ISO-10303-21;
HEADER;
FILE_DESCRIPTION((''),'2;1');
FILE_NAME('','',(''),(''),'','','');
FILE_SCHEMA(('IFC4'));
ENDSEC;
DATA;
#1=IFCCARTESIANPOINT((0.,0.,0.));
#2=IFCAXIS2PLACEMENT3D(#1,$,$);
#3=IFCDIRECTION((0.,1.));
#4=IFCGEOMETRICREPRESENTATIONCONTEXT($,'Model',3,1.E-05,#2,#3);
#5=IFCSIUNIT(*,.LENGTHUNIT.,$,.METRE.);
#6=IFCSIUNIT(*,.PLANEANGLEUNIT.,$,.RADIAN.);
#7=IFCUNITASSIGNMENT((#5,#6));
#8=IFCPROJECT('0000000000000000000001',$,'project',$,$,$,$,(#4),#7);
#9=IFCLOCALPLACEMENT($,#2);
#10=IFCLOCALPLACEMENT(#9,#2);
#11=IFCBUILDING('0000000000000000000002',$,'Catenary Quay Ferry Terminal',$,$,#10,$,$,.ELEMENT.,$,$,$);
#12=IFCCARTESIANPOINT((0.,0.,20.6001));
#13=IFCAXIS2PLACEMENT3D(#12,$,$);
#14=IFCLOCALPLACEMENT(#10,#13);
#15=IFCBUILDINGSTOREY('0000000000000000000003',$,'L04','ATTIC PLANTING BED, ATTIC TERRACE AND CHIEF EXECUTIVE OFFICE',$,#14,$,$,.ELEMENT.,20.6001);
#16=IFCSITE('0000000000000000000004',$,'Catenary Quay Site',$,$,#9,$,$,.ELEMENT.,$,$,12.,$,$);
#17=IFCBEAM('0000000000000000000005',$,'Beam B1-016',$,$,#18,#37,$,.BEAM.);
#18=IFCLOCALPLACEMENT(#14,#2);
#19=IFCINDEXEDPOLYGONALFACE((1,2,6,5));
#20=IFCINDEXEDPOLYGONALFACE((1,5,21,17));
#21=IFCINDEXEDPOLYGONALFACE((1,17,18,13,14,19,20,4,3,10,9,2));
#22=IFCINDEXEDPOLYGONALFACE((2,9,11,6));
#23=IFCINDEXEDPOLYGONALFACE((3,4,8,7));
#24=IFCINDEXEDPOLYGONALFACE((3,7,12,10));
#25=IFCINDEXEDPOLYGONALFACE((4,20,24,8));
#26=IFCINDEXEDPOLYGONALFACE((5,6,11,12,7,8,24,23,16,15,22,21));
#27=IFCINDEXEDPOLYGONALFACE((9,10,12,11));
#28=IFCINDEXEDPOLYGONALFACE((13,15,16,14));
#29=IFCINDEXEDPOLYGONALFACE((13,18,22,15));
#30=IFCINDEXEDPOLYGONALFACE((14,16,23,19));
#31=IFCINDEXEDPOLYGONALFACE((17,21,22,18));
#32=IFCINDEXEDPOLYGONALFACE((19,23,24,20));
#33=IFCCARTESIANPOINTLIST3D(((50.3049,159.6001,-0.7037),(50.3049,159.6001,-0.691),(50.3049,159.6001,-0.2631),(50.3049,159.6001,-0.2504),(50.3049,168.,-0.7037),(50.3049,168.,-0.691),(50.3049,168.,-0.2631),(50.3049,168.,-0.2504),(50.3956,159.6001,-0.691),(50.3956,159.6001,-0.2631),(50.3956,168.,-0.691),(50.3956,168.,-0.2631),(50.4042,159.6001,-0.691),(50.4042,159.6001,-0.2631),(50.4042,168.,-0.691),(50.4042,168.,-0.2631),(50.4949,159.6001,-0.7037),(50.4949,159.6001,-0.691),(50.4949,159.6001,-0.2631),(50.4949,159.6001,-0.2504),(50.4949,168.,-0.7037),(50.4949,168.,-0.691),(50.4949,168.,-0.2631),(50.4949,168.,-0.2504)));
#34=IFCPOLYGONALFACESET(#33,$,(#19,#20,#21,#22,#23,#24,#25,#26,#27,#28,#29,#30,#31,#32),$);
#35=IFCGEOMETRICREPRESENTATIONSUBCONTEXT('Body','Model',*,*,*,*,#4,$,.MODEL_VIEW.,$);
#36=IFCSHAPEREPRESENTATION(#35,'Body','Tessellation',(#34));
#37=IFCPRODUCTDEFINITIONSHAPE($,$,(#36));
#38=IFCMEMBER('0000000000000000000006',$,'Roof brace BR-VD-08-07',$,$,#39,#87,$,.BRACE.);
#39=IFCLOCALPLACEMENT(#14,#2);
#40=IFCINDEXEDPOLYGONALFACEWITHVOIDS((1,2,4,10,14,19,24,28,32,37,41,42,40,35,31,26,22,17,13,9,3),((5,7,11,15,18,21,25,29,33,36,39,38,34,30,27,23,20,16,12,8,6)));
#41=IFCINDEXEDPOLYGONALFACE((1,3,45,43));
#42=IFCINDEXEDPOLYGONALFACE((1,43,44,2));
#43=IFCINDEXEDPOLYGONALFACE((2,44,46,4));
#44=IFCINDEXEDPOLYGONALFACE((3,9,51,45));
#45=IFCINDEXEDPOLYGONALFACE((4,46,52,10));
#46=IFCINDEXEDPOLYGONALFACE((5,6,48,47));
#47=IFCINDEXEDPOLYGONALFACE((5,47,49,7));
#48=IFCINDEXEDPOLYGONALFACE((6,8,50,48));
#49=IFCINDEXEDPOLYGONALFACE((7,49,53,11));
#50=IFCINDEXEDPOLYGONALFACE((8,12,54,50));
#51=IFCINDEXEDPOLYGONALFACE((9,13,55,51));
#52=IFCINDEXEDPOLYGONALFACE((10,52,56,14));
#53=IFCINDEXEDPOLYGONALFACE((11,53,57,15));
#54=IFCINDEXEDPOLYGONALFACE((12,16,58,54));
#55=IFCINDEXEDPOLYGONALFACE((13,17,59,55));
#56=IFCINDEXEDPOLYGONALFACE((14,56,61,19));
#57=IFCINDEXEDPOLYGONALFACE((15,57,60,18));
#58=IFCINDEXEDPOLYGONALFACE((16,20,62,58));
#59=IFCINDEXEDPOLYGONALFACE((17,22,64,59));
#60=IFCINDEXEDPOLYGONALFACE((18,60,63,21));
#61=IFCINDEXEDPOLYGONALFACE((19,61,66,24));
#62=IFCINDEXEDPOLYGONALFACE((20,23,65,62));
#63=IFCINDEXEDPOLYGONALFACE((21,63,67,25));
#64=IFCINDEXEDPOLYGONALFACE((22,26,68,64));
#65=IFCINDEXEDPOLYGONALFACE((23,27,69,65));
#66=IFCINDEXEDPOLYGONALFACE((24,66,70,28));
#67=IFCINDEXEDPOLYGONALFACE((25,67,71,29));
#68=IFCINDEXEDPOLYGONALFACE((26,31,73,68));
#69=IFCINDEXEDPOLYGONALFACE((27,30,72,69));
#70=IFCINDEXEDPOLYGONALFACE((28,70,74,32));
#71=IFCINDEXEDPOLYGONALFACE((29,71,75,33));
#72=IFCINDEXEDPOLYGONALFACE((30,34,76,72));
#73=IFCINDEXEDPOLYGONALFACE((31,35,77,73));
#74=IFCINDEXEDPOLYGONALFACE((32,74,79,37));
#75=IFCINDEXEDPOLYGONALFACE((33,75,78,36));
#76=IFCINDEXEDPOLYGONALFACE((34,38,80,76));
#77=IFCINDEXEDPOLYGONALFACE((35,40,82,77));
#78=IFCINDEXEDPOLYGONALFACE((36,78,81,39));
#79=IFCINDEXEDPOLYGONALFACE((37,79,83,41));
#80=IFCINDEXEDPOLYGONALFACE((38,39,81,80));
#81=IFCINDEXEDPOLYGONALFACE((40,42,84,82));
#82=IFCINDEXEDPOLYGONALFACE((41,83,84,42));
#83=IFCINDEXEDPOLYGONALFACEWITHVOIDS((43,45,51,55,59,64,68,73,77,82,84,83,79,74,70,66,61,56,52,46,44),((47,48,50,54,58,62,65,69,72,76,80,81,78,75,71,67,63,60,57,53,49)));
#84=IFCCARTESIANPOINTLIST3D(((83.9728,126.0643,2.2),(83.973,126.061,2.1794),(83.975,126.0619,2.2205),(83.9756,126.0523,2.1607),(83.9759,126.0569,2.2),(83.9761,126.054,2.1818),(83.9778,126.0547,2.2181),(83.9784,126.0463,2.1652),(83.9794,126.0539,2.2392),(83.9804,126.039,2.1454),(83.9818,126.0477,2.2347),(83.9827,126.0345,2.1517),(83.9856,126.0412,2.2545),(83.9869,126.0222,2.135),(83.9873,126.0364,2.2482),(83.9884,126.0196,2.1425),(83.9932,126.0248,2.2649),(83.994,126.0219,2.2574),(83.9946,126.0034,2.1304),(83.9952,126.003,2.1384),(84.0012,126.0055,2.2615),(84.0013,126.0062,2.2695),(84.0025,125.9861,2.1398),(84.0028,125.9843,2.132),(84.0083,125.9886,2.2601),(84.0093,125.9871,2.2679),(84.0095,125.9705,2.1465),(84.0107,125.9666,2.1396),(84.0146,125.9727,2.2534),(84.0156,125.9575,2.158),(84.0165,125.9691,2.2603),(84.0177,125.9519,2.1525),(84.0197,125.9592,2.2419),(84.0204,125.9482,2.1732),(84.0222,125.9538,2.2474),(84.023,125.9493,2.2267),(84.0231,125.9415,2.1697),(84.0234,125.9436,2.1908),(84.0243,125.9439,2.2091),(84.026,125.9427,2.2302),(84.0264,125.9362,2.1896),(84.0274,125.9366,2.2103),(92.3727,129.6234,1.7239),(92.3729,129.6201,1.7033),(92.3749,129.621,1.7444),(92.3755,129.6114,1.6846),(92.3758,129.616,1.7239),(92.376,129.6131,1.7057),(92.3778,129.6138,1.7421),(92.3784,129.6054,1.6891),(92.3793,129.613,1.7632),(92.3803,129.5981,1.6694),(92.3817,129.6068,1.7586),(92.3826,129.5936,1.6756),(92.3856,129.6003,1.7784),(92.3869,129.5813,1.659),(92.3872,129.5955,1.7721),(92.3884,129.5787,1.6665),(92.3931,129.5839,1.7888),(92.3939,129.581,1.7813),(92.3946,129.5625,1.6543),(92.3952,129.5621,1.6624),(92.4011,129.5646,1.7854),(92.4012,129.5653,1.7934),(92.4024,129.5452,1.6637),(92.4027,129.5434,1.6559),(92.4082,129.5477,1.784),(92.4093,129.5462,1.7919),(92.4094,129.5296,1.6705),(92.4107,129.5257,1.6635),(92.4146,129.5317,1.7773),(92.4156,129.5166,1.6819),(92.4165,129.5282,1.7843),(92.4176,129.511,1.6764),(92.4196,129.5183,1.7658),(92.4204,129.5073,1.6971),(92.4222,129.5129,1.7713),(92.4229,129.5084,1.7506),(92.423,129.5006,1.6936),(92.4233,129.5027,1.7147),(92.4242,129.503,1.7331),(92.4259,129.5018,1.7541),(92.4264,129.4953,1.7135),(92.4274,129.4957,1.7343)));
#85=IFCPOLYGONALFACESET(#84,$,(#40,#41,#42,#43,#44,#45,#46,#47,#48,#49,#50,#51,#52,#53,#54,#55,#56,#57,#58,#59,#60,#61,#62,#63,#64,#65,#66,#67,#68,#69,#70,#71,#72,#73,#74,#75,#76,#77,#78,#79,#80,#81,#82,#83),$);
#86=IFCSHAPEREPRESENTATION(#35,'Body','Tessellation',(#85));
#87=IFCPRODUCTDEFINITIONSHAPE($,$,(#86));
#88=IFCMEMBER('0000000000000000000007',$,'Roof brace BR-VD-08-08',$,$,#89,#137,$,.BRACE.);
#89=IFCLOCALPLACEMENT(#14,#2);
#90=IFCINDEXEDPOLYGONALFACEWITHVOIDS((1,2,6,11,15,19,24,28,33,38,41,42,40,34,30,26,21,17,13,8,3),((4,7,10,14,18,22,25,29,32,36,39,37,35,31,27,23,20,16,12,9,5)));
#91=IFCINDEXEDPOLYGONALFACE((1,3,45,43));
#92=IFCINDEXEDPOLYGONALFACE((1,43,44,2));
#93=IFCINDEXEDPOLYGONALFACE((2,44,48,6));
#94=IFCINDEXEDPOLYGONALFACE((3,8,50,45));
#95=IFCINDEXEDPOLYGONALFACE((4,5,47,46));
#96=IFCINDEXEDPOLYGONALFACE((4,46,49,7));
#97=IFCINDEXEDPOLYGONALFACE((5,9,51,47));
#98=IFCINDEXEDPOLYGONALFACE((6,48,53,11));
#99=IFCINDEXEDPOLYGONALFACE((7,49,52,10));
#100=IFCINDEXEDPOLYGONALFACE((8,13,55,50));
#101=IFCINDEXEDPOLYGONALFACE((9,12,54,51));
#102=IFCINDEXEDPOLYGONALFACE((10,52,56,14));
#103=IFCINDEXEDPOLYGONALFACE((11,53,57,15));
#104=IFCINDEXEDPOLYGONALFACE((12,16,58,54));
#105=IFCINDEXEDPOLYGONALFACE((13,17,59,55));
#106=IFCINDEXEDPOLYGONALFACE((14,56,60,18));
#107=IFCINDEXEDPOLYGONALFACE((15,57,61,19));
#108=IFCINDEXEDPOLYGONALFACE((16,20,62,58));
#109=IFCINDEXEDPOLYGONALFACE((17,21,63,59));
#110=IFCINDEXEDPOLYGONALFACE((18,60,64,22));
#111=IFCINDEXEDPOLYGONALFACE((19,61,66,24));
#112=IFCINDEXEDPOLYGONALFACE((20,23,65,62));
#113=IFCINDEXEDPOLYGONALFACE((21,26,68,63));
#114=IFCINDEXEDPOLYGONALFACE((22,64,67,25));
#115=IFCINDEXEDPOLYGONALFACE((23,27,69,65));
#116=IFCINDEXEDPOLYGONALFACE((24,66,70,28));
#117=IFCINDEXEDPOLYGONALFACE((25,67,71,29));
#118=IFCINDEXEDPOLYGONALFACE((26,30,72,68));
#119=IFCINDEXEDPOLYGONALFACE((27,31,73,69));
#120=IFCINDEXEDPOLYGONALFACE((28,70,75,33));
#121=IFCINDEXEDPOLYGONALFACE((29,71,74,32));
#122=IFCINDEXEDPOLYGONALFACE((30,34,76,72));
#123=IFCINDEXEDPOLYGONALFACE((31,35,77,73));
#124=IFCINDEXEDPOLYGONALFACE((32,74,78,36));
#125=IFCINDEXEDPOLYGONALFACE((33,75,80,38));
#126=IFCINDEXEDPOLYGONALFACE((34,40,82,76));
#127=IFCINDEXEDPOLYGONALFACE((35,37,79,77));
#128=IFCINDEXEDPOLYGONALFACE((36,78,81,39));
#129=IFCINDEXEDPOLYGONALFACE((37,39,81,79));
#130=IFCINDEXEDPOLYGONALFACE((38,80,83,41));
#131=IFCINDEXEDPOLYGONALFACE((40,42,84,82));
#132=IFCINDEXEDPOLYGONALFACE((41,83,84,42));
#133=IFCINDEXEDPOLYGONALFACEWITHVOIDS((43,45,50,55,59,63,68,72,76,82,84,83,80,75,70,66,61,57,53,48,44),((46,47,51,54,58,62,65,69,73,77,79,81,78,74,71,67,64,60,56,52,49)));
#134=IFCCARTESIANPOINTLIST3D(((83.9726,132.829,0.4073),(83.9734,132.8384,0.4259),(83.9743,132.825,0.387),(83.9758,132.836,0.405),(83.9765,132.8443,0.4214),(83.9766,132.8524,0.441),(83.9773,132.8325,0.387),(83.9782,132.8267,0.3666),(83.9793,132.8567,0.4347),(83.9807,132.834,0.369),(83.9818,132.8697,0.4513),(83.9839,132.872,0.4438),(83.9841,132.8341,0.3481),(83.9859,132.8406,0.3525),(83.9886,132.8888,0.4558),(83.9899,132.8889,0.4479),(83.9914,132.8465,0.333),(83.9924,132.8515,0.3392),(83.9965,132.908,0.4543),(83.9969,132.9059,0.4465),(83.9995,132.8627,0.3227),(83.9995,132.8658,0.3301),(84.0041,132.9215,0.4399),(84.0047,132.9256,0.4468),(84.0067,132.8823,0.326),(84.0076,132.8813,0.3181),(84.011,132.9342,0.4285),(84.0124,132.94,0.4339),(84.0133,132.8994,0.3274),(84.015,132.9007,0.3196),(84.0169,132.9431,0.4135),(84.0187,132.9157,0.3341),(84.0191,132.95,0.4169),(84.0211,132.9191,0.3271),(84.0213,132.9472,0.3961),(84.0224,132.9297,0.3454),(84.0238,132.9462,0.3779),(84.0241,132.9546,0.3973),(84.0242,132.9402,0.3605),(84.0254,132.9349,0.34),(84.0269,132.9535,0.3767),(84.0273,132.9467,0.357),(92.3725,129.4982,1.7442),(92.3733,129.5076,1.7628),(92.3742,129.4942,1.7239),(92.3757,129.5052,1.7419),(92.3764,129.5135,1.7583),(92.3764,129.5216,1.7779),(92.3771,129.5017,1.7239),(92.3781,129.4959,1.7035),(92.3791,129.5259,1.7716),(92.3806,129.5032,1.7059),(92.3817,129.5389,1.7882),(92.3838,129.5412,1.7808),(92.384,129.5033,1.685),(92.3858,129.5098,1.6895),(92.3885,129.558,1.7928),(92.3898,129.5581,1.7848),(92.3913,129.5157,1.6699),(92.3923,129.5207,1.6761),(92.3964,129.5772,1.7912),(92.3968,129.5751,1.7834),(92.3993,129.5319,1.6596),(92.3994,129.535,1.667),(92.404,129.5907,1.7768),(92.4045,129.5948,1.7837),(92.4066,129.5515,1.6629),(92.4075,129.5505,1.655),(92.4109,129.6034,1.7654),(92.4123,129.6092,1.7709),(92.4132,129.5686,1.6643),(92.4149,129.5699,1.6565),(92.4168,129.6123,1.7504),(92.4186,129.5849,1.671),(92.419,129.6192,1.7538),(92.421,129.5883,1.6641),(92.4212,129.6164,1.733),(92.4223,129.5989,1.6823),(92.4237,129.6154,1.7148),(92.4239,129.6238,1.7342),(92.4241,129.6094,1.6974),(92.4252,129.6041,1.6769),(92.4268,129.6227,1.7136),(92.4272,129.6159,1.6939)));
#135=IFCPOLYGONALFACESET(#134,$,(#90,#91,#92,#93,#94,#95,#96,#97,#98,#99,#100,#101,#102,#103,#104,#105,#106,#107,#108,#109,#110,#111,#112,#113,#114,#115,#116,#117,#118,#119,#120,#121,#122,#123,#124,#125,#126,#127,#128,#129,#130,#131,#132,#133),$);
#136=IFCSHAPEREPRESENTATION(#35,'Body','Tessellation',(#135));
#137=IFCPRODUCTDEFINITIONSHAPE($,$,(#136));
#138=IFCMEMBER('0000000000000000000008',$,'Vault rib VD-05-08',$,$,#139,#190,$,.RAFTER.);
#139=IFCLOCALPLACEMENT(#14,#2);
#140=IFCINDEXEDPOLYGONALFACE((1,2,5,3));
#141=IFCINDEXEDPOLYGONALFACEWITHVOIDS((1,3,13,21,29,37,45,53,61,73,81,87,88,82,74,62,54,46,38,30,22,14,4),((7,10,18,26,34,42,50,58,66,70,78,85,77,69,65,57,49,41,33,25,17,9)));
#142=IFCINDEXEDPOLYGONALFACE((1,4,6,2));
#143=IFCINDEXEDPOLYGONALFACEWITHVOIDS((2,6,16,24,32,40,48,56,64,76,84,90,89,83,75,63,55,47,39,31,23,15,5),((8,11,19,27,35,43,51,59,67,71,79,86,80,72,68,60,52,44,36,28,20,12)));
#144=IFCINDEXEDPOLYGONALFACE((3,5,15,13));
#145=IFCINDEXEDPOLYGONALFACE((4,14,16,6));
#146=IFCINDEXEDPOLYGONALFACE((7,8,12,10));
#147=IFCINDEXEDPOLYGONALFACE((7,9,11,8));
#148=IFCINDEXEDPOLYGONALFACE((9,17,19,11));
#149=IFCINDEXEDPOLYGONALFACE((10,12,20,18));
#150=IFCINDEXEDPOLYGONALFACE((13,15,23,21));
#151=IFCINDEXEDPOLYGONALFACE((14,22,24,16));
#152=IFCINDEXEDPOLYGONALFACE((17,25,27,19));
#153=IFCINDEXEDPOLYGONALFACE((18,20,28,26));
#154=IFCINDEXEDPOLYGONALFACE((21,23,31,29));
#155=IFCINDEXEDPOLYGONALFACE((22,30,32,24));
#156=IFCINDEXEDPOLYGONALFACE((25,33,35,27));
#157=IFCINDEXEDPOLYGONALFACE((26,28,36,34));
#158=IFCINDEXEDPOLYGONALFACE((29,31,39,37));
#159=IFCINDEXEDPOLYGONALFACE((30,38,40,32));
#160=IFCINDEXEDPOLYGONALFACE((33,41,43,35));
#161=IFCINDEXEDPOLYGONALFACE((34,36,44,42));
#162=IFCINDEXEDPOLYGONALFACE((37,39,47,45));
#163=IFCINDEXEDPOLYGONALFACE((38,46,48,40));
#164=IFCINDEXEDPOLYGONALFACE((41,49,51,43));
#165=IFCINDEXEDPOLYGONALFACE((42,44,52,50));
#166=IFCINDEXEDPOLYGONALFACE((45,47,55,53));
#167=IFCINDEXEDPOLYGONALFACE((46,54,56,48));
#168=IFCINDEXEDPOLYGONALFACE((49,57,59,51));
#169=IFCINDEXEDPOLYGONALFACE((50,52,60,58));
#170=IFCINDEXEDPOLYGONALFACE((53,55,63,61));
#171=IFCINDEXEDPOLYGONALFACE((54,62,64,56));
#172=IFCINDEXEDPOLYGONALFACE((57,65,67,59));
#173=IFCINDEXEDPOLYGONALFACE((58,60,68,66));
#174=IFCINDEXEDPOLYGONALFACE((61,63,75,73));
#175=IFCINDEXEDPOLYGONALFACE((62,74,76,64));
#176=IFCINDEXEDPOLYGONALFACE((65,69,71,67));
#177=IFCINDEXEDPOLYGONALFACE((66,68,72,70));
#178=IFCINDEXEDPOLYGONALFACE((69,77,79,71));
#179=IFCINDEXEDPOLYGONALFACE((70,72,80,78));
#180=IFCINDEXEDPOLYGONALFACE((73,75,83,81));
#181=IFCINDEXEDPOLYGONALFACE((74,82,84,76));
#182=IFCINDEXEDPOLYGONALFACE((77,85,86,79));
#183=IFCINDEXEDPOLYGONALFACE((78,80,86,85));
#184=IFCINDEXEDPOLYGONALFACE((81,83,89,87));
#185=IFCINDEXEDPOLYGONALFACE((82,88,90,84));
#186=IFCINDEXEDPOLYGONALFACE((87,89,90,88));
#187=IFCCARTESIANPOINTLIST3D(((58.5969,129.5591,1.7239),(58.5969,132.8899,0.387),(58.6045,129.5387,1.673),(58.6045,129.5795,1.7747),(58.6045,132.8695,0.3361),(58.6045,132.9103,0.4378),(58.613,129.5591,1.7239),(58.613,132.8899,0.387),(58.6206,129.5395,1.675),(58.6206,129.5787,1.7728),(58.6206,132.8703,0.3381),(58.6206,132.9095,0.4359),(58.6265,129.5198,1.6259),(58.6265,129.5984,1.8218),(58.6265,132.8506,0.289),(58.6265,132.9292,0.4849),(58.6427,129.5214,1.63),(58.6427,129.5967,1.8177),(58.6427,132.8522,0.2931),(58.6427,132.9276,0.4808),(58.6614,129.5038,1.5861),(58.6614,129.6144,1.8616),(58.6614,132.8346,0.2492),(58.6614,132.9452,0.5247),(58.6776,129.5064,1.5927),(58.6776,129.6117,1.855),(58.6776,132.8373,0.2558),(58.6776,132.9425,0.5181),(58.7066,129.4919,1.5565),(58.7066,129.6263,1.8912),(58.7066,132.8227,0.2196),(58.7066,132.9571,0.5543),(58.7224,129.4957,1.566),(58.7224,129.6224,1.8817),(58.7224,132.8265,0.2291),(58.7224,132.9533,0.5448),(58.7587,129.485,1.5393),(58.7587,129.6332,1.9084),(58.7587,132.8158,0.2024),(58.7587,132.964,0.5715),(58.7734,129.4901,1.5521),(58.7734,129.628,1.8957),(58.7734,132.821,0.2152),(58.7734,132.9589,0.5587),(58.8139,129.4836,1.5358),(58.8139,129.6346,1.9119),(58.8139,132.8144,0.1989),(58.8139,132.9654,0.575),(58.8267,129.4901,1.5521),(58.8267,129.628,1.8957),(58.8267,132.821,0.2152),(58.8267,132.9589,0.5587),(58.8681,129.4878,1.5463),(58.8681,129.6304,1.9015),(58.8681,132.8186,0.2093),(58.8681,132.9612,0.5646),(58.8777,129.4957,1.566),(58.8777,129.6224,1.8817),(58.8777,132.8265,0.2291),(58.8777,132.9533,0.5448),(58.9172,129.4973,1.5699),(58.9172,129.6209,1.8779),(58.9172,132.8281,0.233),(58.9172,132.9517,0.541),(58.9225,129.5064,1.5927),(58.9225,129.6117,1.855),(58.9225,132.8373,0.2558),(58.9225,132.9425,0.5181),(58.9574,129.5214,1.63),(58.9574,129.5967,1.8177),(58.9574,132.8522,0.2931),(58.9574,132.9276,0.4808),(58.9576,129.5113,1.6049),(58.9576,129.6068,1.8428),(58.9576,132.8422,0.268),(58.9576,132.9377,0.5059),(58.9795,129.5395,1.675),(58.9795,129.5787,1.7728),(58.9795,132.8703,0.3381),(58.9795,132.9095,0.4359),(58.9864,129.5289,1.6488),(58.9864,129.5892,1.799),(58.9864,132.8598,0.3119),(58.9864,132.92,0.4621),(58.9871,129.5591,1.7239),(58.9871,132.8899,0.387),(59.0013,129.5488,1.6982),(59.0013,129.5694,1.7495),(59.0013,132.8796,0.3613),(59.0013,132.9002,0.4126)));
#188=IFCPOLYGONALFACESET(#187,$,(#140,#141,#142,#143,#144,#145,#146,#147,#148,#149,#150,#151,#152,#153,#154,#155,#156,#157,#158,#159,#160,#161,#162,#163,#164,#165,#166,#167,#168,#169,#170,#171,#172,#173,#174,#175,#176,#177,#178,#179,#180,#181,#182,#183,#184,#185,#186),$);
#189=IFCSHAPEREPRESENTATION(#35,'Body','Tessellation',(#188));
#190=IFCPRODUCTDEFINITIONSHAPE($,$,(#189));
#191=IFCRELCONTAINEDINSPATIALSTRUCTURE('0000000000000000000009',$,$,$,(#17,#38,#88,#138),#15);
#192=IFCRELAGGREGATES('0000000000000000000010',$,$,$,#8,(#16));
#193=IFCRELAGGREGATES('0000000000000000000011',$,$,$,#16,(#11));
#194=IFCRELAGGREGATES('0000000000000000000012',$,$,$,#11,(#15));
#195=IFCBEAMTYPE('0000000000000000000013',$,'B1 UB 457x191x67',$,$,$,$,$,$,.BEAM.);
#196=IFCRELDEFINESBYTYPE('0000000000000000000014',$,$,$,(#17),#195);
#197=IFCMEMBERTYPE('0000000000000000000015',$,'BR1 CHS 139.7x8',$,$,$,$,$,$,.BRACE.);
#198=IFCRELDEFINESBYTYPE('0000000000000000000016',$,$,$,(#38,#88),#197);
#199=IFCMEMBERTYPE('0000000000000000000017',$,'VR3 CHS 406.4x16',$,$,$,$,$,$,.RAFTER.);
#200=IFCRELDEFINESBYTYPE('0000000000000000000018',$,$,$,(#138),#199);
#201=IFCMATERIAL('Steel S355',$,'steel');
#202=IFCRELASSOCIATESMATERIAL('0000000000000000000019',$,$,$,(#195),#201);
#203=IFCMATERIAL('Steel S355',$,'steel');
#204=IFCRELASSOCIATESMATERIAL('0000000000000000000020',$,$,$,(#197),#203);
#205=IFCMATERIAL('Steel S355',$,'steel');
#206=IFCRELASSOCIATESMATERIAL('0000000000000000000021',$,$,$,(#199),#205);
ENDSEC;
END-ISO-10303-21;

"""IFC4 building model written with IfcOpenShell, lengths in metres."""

from ifc_helpers import new_model, si_unit, direction, frame, origin, origin_2d, place, context, subcontext, project, spatial, hollow_circle, i_section, extrude, material, material_profile, profile_set, type_object, element, save


model = new_model("IFC4")

# Units and contexts
model_context = context("Model", 3, precision=1e-05, world=origin(), true_north=direction((0.0, 1.0)))
body_context = subcontext(model_context, "Body", "Model", "MODEL_VIEW")
ifc_project = project(units=[si_unit("LENGTHUNIT", "METRE"), si_unit("PLANEANGLEUNIT", "RADIAN")], contexts=[model_context])

# Site, building, storey
site_placement = place(None, origin())
site = spatial("IfcSite", under=ifc_project, at=site_placement, Name="Catenary Quay Site", CompositionType="ELEMENT", RefElevation=12.0)
building_placement = place(site_placement, origin())
building = spatial("IfcBuilding", under=site, at=building_placement, Name="Catenary Quay Ferry Terminal", CompositionType="ELEMENT")
storey_placement = place(building_placement, frame((0.0, 0.0, 20.6001)))
storey = spatial("IfcBuildingStorey", under=building, at=storey_placement, Name="L04", Description="ATTIC PLANTING BED, ATTIC TERRACE AND CHIEF EXECUTIVE OFFICE", CompositionType="ELEMENT", Elevation=20.6001)

# Beam
ifc_material_1 = material(Name="Steel S355", Category="steel")
ifc_material_profile_1 = material_profile(ifc_material_1, i_section(OverallWidth=0.1899, OverallDepth=0.4534, WebThickness=0.0085, FlangeThickness=0.0127, at=origin_2d()), Name="UB 457x191x67")
ifc_profile_set_1 = profile_set([ifc_material_profile_1], Name="Steel S355")
beam_type = type_object("IfcBeamType", Name="B1 UB 457x191x67", PredefinedType="BEAM", material=ifc_profile_set_1)
beam_placement = place(storey_placement, frame((50.3999, 159.6001, -0.4771), z_axis=(0.0, 1.0, 0.0), x_axis=(-1.0, 0.0, 0.0)))
element("IfcBeam", 1, at=beam_placement, inside=storey, type_object=beam_type, Name="Beam B1-016", PredefinedType="BEAM", context=body_context, shape_type="SweptSolid", body=[
    extrude(i_section(OverallWidth=0.1899, OverallDepth=0.4534, WebThickness=0.0085, FlangeThickness=0.0127, at=origin_2d()), origin(), (0.0, 0.0, 1.0), 8.3999),
])

# Members
ifc_material_2 = material(Name="Steel S355", Category="steel")
ifc_material_profile_2 = material_profile(ifc_material_2, hollow_circle(Radius=0.0698, WallThickness=0.0081, at=origin_2d()), Name="CHS 139.7x8")
ifc_profile_set_2 = profile_set([ifc_material_profile_2], Name="Steel S355")
member_type_1 = type_object("IfcMemberType", Name="BR1 CHS 139.7x8", PredefinedType="BRACE", material=ifc_profile_set_2)
member_1_placement = place(storey_placement, frame((84.0, 126.0, 2.2), z_axis=(0.919508, 0.3896, -0.052114), x_axis=(-0.390131, 0.92076, 0.0)))
element("IfcMember", 2, at=member_1_placement, inside=storey, type_object=member_type_1, Name="Roof brace BR-VD-08-07", PredefinedType="BRACE", context=body_context, shape_type="SweptSolid", body=[
    extrude(hollow_circle(Radius=0.0698, WallThickness=0.0081, at=origin_2d()), origin(), (0.0, 0.0, 1.0), 9.1353),
])
member_2_placement = place(storey_placement, frame((92.3999, 129.5591, 1.7239), z_axis=(-0.919575, 0.364639, -0.146358), x_axis=(-0.368608, -0.929585, 0.0)))
element("IfcMember", 3, at=member_2_placement, inside=storey, type_object=member_type_1, Name="Roof brace BR-VD-08-08", PredefinedType="BRACE", context=body_context, shape_type="SweptSolid", body=[
    extrude(hollow_circle(Radius=0.0698, WallThickness=0.0081, at=origin_2d()), origin(), (0.0, 0.0, 1.0), 9.1345),
])
ifc_material_3 = material(Name="Steel S355", Category="steel")
ifc_material_profile_3 = material_profile(ifc_material_3, hollow_circle(Radius=0.2031, WallThickness=0.0161, at=origin_2d()), Name="CHS 406.4x16")
ifc_profile_set_3 = profile_set([ifc_material_profile_3], Name="Steel S355")
member_type_2 = type_object("IfcMemberType", Name="VR3 CHS 406.4x16", PredefinedType="RAFTER", material=ifc_profile_set_3)
for number, where, z_axis, x_axis, name in (
    (4, (58.8, 129.5591, 1.7239), (0.0, 0.928035, -0.372493), (-1.0, 0.0, 0.0), "Vault rib VD-05-08"),
):
    element("IfcMember", number, at=place(storey_placement, frame(where, z_axis=z_axis, x_axis=x_axis)), inside=storey, type_object=member_type_2, Name=name, PredefinedType="RAFTER", context=body_context, shape_type="SweptSolid", body=[
        extrude(hollow_circle(Radius=0.2031, WallThickness=0.0161, at=origin_2d()), origin(), (0.0, 0.0, 1.0), 3.5891),
    ])

save(model, "model.ifc")
